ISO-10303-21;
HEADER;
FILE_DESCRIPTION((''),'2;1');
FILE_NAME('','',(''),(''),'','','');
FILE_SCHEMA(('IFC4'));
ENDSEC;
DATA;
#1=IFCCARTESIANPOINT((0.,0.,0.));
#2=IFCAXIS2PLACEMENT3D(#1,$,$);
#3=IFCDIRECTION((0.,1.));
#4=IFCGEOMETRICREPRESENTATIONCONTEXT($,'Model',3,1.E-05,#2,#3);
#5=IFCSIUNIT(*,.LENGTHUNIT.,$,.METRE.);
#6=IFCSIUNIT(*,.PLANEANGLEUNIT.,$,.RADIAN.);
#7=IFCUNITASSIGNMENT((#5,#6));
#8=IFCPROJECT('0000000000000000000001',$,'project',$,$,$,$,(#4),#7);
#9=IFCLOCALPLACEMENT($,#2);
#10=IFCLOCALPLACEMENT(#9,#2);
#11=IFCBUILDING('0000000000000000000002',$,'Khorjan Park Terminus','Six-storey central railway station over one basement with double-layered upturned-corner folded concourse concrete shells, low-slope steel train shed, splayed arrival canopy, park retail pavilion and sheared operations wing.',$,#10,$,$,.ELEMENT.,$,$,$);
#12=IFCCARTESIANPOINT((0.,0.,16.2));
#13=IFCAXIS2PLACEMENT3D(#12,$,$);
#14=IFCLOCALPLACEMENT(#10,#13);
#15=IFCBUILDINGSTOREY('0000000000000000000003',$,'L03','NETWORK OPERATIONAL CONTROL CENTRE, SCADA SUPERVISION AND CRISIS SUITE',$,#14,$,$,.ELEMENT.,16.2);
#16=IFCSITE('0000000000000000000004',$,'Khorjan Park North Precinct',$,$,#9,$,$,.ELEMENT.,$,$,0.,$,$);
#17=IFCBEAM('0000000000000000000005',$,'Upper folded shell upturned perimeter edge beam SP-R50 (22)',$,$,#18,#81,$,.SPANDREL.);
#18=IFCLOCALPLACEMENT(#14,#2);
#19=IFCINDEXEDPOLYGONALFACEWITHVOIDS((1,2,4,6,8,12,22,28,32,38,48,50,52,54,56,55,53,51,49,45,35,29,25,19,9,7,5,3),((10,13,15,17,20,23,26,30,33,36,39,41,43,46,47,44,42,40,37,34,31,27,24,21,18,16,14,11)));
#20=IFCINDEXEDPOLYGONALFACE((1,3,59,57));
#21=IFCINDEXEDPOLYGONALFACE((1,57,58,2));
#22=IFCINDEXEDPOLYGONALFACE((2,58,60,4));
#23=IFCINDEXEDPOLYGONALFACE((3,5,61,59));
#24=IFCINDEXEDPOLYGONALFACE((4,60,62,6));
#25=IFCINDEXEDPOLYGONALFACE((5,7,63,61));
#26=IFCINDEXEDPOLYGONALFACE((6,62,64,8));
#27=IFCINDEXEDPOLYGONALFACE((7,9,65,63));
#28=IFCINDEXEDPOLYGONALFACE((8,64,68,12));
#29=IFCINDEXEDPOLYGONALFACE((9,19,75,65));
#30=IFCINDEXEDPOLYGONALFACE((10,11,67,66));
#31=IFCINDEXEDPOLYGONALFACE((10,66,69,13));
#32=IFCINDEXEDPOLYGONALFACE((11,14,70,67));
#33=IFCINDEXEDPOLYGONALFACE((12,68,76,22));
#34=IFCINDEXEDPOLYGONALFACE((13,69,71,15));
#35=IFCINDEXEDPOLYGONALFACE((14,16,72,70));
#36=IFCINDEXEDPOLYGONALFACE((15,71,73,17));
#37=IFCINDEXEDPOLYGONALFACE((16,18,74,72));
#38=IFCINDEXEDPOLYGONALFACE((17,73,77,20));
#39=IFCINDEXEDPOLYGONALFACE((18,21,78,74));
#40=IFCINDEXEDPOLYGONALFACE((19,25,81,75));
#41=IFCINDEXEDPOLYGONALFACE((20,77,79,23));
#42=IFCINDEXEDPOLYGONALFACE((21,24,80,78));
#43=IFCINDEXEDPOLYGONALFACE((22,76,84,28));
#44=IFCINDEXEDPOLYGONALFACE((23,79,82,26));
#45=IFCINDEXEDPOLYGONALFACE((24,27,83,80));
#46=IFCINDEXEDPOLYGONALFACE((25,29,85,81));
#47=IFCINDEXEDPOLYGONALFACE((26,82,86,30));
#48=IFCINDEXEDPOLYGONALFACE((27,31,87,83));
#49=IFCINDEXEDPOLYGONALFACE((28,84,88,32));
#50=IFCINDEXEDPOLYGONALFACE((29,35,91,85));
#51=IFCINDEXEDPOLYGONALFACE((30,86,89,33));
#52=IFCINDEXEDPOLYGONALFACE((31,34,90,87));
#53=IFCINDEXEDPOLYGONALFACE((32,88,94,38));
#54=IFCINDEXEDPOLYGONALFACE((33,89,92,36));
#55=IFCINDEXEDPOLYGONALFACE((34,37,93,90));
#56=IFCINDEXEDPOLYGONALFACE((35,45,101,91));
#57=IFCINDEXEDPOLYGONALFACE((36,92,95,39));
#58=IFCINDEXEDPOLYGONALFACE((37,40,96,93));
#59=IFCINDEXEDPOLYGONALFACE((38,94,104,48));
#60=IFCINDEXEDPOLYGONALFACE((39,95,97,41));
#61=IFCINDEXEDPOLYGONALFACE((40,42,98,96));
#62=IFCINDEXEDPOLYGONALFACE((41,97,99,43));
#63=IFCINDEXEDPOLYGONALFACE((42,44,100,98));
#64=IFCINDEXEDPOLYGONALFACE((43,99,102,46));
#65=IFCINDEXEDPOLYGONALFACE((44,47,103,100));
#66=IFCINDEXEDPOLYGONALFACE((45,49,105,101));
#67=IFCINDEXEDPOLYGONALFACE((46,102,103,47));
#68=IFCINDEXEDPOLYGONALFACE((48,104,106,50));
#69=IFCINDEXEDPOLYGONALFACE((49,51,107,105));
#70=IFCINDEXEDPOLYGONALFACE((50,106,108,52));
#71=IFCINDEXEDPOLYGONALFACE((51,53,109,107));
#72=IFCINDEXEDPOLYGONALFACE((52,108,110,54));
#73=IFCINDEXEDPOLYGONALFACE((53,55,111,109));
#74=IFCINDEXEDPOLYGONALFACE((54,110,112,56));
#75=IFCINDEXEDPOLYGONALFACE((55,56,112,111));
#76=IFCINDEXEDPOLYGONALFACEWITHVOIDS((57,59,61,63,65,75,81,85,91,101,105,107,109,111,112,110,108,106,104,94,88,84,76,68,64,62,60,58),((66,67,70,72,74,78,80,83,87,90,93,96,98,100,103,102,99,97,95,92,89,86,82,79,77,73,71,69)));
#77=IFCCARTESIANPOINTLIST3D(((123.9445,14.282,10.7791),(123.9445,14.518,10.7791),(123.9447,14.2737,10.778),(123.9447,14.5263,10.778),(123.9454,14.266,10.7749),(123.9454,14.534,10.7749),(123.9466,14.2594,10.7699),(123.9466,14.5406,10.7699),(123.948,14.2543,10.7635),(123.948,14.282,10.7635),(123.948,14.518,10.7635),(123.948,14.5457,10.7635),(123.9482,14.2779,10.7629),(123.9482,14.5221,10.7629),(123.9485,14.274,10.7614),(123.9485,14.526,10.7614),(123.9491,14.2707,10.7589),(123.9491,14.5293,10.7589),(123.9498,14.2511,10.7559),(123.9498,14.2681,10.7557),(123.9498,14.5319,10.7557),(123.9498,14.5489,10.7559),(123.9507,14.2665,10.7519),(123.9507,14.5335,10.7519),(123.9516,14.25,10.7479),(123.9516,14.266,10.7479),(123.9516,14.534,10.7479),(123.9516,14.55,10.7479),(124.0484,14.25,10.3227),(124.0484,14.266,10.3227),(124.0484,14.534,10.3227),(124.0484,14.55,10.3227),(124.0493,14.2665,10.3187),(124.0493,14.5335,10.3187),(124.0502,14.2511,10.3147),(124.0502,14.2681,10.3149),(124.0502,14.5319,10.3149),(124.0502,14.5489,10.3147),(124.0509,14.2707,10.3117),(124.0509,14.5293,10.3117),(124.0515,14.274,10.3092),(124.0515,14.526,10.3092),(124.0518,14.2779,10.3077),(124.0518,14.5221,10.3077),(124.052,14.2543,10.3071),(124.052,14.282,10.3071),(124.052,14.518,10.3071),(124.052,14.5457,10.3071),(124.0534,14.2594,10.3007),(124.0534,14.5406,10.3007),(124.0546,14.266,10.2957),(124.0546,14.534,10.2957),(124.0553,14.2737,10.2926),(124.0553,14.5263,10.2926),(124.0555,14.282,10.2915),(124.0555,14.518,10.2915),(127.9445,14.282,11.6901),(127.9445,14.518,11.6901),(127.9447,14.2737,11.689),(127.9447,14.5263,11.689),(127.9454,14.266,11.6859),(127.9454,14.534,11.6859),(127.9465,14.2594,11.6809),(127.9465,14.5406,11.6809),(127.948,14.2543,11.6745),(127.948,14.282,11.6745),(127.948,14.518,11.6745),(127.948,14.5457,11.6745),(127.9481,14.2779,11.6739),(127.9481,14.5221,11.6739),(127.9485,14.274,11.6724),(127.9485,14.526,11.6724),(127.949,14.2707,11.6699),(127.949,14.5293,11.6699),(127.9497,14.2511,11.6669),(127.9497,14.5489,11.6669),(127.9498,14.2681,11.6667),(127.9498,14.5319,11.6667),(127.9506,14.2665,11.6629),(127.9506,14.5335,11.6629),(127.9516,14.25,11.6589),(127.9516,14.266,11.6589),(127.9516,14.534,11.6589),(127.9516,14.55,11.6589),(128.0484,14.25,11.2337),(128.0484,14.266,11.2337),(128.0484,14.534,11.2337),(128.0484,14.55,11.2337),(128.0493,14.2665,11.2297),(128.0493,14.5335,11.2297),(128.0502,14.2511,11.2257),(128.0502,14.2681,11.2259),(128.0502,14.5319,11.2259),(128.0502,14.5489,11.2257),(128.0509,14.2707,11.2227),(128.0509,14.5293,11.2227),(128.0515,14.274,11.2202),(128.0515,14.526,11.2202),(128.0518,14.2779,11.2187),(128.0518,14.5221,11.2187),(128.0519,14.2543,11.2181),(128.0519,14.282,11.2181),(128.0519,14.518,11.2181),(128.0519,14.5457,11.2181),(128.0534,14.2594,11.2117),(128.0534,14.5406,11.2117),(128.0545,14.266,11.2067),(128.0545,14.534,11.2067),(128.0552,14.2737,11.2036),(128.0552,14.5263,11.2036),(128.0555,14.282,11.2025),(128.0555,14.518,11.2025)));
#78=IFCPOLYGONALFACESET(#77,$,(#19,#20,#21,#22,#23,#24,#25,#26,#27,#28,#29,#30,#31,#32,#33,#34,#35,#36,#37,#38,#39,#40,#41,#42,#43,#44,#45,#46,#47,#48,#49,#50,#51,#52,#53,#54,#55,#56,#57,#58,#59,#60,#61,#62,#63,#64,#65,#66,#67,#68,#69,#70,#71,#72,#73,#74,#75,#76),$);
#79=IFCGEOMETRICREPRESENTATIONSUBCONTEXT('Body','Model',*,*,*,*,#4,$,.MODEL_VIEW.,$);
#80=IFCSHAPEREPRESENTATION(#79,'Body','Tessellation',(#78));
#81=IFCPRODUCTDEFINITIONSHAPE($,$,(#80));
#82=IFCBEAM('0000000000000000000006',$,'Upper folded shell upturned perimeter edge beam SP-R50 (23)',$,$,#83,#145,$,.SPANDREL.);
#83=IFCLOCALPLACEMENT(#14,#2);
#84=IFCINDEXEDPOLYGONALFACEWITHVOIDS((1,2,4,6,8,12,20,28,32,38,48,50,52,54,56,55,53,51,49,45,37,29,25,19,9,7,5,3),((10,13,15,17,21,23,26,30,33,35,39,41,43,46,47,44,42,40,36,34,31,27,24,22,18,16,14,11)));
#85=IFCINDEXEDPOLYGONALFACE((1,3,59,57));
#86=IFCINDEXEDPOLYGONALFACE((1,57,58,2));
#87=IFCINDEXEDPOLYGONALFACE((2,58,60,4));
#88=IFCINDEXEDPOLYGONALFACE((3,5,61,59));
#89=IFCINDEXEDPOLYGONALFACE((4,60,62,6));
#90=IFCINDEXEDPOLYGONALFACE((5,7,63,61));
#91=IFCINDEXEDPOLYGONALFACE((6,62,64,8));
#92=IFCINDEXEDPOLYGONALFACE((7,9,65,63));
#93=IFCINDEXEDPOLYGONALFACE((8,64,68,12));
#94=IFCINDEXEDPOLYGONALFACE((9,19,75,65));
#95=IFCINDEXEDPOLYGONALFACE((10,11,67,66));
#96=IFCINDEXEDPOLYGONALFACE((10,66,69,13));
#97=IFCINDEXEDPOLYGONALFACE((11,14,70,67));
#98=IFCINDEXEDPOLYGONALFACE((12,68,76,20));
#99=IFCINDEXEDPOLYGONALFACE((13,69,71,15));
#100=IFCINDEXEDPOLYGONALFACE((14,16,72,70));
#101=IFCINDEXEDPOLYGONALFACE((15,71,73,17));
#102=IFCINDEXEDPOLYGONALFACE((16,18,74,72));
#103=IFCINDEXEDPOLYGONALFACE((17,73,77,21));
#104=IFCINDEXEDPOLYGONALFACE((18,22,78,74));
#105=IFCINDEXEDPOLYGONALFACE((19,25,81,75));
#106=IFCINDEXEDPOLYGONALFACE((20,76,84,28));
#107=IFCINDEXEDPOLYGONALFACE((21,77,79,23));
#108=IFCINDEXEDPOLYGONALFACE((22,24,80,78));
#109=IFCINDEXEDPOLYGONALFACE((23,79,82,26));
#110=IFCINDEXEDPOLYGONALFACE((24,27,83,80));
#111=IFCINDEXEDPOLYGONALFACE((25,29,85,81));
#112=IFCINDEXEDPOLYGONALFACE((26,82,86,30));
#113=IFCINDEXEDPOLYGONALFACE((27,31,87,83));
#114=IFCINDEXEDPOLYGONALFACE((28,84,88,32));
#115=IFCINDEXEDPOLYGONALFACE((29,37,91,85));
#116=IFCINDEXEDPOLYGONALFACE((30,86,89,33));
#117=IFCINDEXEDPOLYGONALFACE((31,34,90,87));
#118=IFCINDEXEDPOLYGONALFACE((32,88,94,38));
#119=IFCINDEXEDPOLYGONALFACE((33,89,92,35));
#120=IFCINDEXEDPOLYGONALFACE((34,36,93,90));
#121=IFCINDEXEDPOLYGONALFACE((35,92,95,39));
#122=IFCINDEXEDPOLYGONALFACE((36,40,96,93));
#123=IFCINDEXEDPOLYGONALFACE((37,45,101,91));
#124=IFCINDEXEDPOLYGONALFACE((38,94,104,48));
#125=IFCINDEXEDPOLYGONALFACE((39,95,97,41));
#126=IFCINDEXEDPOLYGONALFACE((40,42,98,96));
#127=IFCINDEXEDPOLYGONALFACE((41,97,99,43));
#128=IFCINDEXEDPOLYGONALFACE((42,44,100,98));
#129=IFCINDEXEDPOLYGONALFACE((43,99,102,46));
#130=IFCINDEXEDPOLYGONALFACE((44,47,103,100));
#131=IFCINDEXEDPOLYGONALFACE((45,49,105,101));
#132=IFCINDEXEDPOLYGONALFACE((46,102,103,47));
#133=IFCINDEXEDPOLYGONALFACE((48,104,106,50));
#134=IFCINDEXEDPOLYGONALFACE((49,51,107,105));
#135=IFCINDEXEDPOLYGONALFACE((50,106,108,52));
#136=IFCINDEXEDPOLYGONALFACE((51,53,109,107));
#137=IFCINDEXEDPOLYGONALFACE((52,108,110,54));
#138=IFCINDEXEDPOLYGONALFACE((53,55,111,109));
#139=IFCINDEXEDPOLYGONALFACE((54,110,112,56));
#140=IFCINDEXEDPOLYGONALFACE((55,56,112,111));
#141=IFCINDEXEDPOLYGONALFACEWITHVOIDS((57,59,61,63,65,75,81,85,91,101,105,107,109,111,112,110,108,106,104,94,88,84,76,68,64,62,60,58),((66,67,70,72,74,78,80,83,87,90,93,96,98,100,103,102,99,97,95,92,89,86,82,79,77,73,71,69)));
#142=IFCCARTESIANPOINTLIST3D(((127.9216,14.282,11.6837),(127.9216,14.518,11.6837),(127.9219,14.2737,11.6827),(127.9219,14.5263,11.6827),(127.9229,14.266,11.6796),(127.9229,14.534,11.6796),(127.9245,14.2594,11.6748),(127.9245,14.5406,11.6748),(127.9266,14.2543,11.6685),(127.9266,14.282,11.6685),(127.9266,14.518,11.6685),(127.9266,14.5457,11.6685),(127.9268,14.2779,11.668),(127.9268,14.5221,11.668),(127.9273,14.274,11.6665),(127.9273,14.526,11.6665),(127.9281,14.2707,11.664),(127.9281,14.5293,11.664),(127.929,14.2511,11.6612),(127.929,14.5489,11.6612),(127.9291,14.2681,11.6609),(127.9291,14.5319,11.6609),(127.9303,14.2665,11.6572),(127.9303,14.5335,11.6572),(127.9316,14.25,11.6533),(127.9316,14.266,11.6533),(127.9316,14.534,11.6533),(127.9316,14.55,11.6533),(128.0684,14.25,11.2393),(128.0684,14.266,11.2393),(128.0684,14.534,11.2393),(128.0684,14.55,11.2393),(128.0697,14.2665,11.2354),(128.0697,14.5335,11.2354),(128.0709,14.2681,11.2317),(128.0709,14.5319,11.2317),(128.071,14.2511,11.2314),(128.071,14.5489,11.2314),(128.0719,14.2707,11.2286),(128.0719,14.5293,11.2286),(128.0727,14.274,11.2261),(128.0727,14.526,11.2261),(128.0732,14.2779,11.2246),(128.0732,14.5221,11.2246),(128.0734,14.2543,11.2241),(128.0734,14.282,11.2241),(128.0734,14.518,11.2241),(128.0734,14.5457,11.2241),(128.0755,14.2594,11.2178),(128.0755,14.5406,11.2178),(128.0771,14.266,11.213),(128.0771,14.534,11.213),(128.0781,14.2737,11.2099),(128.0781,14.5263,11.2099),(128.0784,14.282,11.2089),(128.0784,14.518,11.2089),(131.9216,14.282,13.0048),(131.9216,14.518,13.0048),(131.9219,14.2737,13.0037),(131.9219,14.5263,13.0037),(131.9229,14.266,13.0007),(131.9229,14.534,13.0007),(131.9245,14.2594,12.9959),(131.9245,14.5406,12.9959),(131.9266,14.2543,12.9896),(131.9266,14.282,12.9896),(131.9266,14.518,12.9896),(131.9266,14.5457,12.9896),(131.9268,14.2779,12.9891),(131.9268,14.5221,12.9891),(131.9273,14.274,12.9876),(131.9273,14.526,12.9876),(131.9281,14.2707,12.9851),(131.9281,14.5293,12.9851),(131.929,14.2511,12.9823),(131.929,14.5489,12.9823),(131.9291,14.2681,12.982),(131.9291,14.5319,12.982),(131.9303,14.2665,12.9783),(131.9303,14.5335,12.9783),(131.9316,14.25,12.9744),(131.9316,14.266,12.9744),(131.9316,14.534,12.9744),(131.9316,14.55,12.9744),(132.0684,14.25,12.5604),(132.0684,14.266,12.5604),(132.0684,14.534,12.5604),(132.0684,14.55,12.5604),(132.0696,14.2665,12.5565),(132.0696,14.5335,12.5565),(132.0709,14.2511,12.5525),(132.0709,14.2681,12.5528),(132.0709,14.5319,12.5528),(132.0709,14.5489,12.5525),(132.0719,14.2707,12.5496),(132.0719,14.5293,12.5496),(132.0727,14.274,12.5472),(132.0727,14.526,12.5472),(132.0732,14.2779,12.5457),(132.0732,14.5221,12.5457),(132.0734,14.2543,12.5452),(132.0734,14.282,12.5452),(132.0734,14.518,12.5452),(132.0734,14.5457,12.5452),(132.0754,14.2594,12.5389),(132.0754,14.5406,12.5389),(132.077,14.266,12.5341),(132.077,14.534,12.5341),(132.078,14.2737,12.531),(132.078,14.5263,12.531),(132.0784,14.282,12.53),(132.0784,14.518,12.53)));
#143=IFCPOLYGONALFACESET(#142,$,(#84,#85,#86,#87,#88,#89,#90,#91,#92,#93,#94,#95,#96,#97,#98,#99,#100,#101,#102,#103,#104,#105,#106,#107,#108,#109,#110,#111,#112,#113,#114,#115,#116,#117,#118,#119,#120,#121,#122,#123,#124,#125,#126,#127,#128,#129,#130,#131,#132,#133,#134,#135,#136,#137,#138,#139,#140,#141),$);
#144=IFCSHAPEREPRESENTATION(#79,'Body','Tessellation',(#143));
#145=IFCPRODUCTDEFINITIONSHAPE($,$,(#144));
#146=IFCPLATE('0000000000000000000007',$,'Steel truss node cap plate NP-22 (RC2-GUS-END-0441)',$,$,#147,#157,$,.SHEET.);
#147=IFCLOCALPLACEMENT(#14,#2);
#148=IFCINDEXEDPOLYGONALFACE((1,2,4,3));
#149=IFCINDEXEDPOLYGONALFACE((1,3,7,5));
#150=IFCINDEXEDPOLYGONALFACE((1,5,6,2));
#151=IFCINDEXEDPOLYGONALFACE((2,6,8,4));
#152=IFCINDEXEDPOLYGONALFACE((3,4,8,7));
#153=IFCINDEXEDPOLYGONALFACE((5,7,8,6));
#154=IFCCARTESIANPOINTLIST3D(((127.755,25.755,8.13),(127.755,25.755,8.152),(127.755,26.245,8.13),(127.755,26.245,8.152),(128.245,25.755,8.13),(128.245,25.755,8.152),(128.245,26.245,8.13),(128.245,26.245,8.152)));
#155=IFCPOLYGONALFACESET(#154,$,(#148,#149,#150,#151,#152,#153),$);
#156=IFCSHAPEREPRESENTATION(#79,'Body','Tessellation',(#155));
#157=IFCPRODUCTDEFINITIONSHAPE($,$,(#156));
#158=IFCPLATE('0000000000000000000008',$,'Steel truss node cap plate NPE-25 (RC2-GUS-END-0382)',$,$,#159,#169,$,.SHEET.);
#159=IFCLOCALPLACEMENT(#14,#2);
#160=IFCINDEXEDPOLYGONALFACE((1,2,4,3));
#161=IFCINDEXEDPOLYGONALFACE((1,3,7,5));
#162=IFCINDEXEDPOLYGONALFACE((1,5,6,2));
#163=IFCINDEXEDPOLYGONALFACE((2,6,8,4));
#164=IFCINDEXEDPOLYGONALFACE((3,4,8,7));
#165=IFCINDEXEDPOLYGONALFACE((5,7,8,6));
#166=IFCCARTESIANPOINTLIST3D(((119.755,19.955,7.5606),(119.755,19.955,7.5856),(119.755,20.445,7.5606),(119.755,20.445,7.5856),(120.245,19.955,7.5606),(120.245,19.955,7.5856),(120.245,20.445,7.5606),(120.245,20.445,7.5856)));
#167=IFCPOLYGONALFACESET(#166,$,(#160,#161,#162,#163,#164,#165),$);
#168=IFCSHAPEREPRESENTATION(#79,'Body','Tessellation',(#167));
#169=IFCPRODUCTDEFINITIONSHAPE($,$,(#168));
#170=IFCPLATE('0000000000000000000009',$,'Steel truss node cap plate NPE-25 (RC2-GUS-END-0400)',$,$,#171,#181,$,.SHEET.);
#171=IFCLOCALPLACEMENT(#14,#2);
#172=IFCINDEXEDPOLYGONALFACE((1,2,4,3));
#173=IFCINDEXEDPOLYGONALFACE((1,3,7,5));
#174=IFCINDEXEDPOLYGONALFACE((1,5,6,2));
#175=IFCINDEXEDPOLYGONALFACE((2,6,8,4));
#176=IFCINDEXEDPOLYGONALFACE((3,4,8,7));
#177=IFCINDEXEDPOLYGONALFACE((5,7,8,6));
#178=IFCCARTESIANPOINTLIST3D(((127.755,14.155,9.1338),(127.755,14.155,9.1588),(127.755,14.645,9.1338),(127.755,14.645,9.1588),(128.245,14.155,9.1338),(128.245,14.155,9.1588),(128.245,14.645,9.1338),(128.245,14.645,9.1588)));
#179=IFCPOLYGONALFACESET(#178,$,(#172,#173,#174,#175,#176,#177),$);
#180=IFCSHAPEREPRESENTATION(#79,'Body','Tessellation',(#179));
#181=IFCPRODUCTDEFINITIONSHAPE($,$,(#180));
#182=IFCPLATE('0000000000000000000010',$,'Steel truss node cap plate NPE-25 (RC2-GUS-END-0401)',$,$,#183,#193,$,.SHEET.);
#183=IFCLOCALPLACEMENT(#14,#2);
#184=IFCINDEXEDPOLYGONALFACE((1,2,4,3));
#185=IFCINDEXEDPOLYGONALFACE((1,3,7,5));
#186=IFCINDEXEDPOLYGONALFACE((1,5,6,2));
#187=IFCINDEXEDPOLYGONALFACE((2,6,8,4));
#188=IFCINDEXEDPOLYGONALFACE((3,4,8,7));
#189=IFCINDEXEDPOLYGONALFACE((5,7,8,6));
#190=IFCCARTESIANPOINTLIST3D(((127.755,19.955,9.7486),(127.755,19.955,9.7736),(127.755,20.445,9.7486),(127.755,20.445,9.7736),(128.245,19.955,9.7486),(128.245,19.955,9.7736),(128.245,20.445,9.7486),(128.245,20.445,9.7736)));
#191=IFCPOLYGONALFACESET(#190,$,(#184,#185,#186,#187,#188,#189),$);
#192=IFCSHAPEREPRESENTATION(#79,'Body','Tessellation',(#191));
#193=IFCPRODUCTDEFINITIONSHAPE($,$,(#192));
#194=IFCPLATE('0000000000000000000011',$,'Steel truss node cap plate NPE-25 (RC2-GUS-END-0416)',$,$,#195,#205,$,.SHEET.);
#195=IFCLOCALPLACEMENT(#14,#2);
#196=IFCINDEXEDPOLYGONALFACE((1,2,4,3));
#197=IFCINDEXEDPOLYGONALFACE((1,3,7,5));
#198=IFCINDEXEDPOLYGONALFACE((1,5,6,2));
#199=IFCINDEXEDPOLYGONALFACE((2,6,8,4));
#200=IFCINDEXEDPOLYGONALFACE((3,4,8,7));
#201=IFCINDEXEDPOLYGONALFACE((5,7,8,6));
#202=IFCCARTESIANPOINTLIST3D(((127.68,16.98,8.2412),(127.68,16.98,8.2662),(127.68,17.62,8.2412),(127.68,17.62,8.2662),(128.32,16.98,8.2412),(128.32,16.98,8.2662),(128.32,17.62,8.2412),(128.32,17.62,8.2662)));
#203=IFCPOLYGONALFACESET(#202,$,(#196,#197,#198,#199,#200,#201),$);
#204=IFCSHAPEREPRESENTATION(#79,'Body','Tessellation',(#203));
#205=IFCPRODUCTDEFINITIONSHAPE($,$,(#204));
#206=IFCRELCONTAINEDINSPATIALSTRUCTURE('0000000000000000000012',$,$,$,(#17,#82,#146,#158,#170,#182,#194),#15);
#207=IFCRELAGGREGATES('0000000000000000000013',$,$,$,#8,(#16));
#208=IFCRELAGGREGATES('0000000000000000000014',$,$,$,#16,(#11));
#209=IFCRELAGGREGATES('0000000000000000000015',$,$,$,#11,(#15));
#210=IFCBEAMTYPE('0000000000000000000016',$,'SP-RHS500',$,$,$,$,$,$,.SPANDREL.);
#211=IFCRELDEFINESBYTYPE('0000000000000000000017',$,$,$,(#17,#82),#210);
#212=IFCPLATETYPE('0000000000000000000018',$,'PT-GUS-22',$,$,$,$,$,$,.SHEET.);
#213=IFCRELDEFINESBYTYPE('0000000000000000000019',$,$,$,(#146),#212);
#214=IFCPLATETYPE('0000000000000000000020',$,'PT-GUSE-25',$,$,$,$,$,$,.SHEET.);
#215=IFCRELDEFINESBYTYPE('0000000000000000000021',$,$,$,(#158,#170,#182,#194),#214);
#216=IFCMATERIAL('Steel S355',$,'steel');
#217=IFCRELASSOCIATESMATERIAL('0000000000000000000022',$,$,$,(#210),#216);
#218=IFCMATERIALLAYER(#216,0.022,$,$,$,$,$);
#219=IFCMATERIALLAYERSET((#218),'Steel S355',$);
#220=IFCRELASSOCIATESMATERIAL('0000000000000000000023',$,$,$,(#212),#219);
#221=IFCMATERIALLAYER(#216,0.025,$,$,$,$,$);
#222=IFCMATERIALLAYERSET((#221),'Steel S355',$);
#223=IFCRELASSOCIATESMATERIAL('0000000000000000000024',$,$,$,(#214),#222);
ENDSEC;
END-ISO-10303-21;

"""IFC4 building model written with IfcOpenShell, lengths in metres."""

from ifc_helpers import new_model, si_unit, direction, frame, origin, origin_2d, place, context, subcontext, project, spatial, rectangle, hollow_rectangle, extrude, material, layer, layer_set, material_profile, profile_set, type_object, element, save


model = new_model("IFC4")

# Units and contexts
model_context = context("Model", 3, precision=1e-05, world=origin(), true_north=direction((0.0, 1.0)))
body_context = subcontext(model_context, "Body", "Model", "MODEL_VIEW")
ifc_project = project(units=[si_unit("LENGTHUNIT", "METRE"), si_unit("PLANEANGLEUNIT", "RADIAN")], contexts=[model_context])

# Site, building, storey
site_placement = place(None, origin())
site = spatial("IfcSite", under=ifc_project, at=site_placement, Name="Khorjan Park North Precinct", CompositionType="ELEMENT", RefElevation=0.0)
building_placement = place(site_placement, origin())
building = spatial("IfcBuilding", under=site, at=building_placement, Name="Khorjan Park Terminus", Description="Six-storey central railway station over one basement with double-layered upturned-corner folded concourse concrete shells, low-slope steel train shed, splayed arrival canopy, park retail pavilion and sheared operations wing.", CompositionType="ELEMENT")
storey_placement = place(building_placement, frame((0.0, 0.0, 16.2)))
storey = spatial("IfcBuildingStorey", under=building, at=storey_placement, Name="L03", Description="NETWORK OPERATIONAL CONTROL CENTRE, SCADA SUPERVISION AND CRISIS SUITE", CompositionType="ELEMENT", Elevation=16.2)

# Shared definitions
ifc_material = material(Name="Steel S355", Category="steel")

# Beams
ifc_material_profile_1 = material_profile(ifc_material, hollow_rectangle(XDim=0.3, YDim=0.5, WallThickness=0.016, InnerFilletRadius=0.016, OuterFilletRadius=0.032, at=origin_2d()), Name="RHS 500x300x16")
ifc_profile_set_1 = profile_set([ifc_material_profile_1], Name="Steel S355")
beam_type = type_object("IfcBeamType", Name="SP-RHS500", PredefinedType="SPANDREL", material=ifc_profile_set_1)
beam_1_placement = place(storey_placement, frame((124.0, 14.4, 10.5353), z_axis=(0.975032, 0.0, 0.222064), x_axis=(0.0, 1.0, 0.0)))
element("IfcBeam", 1, at=beam_1_placement, inside=storey, type_object=beam_type, Name="Upper folded shell upturned perimeter edge beam SP-R50 (22)", PredefinedType="SPANDREL", context=body_context, shape_type="SweptSolid", body=[
    extrude(hollow_rectangle(XDim=0.3, YDim=0.5, WallThickness=0.016, InnerFilletRadius=0.016, OuterFilletRadius=0.032, at=origin_2d()), origin(), (0.0, 0.0, 1.0), 4.1024),
])
beam_2_placement = place(storey_placement, frame((128.0, 14.4, 11.4463), z_axis=(0.949551, 0.0, 0.313613), x_axis=(0.0, 1.0, 0.0)))
element("IfcBeam", 2, at=beam_2_placement, inside=storey, type_object=beam_type, Name="Upper folded shell upturned perimeter edge beam SP-R50 (23)", PredefinedType="SPANDREL", context=body_context, shape_type="SweptSolid", body=[
    extrude(hollow_rectangle(XDim=0.3, YDim=0.5, WallThickness=0.016, InnerFilletRadius=0.016, OuterFilletRadius=0.032, at=origin_2d()), origin(), (0.0, 0.0, 1.0), 4.2125),
])

# Plates
ifc_layer_1 = layer(ifc_material, 0.022)
ifc_layer_set_1 = layer_set([ifc_layer_1], Name="Steel S355")
plate_type_1 = type_object("IfcPlateType", Name="PT-GUS-22", PredefinedType="SHEET", material=ifc_layer_set_1)
plate_1_placement = place(storey_placement, frame((128.0, 26.0, 8.13), z_axis=(0.0, 0.0, 1.0), x_axis=(1.0, 0.0, 0.0)))
element("IfcPlate", 3, at=plate_1_placement, inside=storey, type_object=plate_type_1, Name="Steel truss node cap plate NP-22 (RC2-GUS-END-0441)", PredefinedType="SHEET", context=body_context, shape_type="SweptSolid", body=[
    extrude(rectangle(XDim=0.49, YDim=0.49, at=origin_2d()), origin(), (0.0, 0.0, 1.0), 0.022),
])
ifc_layer_2 = layer(ifc_material, 0.025)
ifc_layer_set_2 = layer_set([ifc_layer_2], Name="Steel S355")
plate_type_2 = type_object("IfcPlateType", Name="PT-GUSE-25", PredefinedType="SHEET", material=ifc_layer_set_2)
for number, where, z_axis, x_axis, name in (
    (4, (120.0, 20.2, 7.5606), (0.0, 0.0, 1.0), (1.0, 0.0, 0.0), "Steel truss node cap plate NPE-25 (RC2-GUS-END-0382)"),
    (5, (128.0, 14.4, 9.1338), (0.0, 0.0, 1.0), (1.0, 0.0, 0.0), "Steel truss node cap plate NPE-25 (RC2-GUS-END-0400)"),
    (6, (128.0, 20.2, 9.7486), (0.0, 0.0, 1.0), (1.0, 0.0, 0.0), "Steel truss node cap plate NPE-25 (RC2-GUS-END-0401)"),
):
    element("IfcPlate", number, at=place(storey_placement, frame(where, z_axis=z_axis, x_axis=x_axis)), inside=storey, type_object=plate_type_2, Name=name, PredefinedType="SHEET", context=body_context, shape_type="SweptSolid", body=[
        extrude(rectangle(XDim=0.49, YDim=0.49, at=origin_2d()), origin(), (0.0, 0.0, 1.0), 0.025),
    ])
plate_2_placement = place(storey_placement, frame((128.0, 17.3, 8.2412), z_axis=(0.0, 0.0, 1.0), x_axis=(1.0, 0.0, 0.0)))
element("IfcPlate", 7, at=plate_2_placement, inside=storey, type_object=plate_type_2, Name="Steel truss node cap plate NPE-25 (RC2-GUS-END-0416)", PredefinedType="SHEET", context=body_context, shape_type="SweptSolid", body=[
    extrude(rectangle(XDim=0.64, YDim=0.64, at=origin_2d()), origin(), (0.0, 0.0, 1.0), 0.025),
])

save(model, "model.ifc")
